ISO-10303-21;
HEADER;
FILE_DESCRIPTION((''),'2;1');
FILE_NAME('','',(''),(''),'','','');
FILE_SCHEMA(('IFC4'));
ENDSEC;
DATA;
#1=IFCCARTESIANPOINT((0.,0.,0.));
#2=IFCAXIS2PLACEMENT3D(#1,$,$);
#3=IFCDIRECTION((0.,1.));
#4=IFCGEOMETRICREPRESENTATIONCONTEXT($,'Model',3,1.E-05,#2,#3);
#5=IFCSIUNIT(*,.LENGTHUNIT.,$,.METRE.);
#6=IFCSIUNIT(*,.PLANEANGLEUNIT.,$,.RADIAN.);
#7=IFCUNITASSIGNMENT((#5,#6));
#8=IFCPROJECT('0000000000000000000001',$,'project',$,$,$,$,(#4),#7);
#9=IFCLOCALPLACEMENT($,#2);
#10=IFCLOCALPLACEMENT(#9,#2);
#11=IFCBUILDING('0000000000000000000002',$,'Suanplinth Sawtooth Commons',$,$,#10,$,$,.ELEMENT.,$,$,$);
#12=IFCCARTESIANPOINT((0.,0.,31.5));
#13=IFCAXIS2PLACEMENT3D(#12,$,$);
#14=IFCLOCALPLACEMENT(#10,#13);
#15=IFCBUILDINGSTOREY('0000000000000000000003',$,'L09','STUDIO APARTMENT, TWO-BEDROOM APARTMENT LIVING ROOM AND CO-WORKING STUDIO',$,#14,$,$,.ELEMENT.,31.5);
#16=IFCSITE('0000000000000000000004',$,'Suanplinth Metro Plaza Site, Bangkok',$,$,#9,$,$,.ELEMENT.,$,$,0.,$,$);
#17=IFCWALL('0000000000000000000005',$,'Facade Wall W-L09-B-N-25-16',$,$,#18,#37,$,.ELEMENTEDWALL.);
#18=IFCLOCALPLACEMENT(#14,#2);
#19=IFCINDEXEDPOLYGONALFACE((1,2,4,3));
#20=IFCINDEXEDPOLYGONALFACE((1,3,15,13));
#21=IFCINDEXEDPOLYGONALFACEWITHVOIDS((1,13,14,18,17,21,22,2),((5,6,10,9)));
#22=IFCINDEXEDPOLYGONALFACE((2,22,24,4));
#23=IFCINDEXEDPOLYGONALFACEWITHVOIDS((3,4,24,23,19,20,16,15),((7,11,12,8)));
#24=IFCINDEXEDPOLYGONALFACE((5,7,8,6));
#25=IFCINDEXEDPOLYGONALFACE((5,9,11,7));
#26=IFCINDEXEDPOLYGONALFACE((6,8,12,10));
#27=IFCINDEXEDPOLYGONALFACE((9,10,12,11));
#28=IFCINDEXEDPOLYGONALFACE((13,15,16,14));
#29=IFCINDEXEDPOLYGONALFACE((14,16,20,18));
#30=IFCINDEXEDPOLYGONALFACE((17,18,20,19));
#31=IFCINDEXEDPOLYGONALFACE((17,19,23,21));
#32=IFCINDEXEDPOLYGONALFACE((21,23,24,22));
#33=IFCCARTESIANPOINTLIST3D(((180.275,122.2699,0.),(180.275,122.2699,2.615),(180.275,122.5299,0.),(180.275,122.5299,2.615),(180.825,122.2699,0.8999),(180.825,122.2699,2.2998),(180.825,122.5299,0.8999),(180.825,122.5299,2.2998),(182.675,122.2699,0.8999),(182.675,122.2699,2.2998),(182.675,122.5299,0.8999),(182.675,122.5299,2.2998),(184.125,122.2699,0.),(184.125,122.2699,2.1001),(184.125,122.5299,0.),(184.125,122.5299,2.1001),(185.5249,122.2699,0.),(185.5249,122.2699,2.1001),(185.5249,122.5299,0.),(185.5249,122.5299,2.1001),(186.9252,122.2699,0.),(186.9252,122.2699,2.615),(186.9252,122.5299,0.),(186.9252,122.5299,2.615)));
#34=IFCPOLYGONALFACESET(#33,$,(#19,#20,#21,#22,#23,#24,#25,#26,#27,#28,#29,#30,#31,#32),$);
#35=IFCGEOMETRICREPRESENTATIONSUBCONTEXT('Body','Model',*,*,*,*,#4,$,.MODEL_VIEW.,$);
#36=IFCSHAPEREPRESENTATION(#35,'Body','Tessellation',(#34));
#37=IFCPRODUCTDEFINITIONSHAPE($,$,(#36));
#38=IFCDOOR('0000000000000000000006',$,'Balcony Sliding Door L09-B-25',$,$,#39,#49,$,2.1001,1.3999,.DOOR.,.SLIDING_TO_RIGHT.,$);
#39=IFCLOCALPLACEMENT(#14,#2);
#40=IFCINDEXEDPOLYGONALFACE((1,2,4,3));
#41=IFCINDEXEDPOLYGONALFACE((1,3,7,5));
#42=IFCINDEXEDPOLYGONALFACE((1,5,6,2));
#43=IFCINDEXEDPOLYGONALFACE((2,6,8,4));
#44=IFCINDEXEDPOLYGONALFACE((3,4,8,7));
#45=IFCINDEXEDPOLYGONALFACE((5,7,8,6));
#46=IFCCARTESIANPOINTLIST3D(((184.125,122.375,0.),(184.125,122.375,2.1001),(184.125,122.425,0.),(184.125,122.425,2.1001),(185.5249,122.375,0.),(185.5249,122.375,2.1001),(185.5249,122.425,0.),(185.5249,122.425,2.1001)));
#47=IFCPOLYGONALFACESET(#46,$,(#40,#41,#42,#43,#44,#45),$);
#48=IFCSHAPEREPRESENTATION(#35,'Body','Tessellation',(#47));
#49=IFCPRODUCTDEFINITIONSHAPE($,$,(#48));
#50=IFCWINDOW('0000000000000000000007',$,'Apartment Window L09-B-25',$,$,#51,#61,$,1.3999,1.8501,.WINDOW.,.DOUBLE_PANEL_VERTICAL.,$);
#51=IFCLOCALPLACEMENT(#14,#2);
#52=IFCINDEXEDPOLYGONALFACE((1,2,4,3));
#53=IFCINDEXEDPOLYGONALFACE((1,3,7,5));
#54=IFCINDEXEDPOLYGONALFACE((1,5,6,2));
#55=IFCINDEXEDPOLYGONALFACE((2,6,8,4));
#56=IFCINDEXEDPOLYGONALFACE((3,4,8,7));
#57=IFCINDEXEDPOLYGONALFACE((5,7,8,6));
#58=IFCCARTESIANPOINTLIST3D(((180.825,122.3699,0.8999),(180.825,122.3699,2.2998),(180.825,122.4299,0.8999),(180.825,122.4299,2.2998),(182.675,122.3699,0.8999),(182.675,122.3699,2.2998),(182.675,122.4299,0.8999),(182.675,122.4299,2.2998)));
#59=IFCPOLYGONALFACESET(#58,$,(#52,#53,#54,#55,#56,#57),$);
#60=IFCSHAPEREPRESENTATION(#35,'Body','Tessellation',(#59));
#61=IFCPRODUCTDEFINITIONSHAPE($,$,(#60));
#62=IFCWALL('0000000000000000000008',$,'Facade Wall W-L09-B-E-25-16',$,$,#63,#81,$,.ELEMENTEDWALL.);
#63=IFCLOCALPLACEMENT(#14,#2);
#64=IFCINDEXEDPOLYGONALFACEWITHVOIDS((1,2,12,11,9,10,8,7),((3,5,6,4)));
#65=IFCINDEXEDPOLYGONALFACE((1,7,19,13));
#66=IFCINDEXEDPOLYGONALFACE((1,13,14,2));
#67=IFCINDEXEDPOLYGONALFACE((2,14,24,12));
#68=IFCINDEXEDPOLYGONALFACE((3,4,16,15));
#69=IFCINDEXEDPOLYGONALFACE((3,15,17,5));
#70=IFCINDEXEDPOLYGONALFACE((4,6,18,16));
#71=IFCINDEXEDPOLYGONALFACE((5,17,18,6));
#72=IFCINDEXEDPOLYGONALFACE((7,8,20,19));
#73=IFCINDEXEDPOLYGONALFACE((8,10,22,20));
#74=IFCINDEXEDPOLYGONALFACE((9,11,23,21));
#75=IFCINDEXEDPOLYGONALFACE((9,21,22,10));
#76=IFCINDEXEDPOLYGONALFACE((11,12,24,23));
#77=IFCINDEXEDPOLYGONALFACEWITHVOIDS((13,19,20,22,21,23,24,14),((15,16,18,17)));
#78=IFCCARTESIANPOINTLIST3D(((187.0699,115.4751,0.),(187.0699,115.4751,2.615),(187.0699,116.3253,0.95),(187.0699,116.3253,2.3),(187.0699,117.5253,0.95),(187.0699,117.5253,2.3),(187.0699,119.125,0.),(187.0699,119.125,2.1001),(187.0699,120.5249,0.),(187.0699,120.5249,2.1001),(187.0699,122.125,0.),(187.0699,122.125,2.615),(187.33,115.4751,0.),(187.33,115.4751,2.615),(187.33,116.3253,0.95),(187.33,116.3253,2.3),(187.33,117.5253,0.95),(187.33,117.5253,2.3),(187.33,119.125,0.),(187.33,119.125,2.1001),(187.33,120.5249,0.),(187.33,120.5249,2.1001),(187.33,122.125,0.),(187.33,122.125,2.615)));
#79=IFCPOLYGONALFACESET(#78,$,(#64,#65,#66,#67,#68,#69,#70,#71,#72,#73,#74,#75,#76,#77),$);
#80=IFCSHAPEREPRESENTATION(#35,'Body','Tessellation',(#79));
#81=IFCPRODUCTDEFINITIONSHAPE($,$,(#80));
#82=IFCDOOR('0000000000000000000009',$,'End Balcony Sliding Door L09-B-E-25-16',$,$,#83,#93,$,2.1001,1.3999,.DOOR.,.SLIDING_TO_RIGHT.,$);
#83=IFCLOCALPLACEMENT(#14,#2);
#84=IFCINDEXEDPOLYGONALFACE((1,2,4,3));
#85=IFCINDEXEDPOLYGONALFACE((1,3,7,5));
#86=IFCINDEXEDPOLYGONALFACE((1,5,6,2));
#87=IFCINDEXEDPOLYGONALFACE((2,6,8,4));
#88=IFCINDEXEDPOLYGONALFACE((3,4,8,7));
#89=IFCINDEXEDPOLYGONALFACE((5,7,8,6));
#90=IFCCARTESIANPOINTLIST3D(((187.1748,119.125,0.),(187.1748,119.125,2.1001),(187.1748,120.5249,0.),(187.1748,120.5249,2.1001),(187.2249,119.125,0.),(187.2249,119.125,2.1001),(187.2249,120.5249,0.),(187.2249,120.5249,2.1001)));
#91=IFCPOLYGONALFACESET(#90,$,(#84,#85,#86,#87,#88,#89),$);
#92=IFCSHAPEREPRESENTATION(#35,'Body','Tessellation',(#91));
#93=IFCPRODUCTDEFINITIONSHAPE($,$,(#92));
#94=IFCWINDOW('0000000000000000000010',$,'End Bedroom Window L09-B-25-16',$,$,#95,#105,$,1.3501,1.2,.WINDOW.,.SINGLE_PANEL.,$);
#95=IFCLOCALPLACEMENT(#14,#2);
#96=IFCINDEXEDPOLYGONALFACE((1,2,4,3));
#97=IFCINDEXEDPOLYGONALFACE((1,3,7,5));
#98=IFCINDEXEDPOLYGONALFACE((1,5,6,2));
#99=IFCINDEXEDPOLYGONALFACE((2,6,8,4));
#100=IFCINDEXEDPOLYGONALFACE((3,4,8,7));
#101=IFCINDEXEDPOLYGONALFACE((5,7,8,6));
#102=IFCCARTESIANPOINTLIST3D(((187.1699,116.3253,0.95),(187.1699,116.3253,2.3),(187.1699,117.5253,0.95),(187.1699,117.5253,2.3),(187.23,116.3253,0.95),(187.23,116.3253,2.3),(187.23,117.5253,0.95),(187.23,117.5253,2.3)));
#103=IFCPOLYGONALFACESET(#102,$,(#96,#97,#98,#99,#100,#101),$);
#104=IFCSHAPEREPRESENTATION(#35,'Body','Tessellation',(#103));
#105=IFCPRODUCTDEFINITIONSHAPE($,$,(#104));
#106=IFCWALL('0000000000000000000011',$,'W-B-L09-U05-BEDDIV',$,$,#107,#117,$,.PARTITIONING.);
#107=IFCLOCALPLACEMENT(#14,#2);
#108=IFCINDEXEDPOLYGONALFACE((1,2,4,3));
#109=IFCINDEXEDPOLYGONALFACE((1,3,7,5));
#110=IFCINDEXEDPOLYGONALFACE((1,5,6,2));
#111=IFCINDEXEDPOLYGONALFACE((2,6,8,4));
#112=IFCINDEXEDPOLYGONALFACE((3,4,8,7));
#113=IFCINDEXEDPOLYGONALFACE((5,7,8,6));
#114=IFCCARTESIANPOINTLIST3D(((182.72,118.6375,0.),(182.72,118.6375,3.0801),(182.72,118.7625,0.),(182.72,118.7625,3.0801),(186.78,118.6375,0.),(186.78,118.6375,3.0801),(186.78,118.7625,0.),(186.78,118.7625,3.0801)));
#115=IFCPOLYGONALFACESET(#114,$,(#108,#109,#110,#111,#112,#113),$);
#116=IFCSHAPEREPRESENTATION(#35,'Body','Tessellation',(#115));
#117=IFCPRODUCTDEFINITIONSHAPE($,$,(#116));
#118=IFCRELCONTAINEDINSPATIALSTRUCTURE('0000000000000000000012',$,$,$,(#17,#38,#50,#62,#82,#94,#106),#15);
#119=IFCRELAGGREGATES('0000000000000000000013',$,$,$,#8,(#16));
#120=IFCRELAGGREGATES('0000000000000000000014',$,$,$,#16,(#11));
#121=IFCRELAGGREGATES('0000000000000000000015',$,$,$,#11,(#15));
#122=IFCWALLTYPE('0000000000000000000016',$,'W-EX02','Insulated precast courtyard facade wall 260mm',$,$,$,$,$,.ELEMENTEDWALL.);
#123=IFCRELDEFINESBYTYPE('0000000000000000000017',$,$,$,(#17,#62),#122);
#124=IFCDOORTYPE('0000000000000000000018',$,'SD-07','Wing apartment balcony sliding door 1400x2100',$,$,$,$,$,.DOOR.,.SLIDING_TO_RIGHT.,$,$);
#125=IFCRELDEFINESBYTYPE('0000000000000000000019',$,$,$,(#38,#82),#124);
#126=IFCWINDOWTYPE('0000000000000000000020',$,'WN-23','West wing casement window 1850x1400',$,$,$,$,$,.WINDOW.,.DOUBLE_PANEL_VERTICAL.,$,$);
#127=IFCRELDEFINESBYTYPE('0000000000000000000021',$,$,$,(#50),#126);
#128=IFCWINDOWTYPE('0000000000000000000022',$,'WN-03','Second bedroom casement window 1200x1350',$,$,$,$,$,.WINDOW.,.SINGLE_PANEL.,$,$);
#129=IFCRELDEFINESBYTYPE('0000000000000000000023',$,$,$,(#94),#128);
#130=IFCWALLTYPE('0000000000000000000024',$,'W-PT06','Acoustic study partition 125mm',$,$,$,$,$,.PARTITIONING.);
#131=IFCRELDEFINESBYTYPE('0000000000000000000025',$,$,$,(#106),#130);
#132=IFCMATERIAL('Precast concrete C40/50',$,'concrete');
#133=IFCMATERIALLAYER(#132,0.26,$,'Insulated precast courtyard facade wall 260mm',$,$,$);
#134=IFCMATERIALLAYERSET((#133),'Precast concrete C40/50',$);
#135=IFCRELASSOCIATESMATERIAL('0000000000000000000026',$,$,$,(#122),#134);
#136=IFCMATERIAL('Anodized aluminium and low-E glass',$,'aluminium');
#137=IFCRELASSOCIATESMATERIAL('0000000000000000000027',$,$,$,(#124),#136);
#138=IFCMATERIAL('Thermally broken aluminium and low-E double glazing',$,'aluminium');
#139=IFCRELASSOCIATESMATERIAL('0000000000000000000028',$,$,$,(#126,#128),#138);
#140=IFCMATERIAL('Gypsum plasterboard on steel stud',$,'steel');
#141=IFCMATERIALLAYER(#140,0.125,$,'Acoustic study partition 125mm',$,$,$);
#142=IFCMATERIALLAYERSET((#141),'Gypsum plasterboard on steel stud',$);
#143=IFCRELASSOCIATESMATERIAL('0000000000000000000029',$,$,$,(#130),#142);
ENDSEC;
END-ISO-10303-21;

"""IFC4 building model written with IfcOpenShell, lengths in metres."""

from ifc_helpers import new_model, si_unit, direction, frame, frame_2d, origin, place, context, subcontext, project, spatial, rectangle, extrude, material, layer, layer_set, type_object, element, fill, save


model = new_model("IFC4")

# Units and contexts
model_context = context("Model", 3, precision=1e-05, world=origin(), true_north=direction((0.0, 1.0)))
body_context = subcontext(model_context, "Body", "Model", "MODEL_VIEW")
ifc_project = project(units=[si_unit("LENGTHUNIT", "METRE"), si_unit("PLANEANGLEUNIT", "RADIAN")], contexts=[model_context])

# Site, building, storey
site_placement = place(None, origin())
site = spatial("IfcSite", under=ifc_project, at=site_placement, Name="Suanplinth Metro Plaza Site, Bangkok", CompositionType="ELEMENT", RefElevation=0.0)
building_placement = place(site_placement, origin())
building = spatial("IfcBuilding", under=site, at=building_placement, Name="Suanplinth Sawtooth Commons", CompositionType="ELEMENT")
storey_placement = place(building_placement, frame((0.0, 0.0, 31.5)))
storey = spatial("IfcBuildingStorey", under=building, at=storey_placement, Name="L09", Description="STUDIO APARTMENT, TWO-BEDROOM APARTMENT LIVING ROOM AND CO-WORKING STUDIO", CompositionType="ELEMENT", Elevation=31.5)

# Shared definitions
ifc_material_1 = material(Name="Precast concrete C40/50", Category="concrete")

# Walls, openings, doors, windows
ifc_layer_1 = layer(ifc_material_1, 0.26, Name="Insulated precast courtyard facade wall 260mm")
ifc_layer_set_1 = layer_set([ifc_layer_1], Name="Precast concrete C40/50")
wall_type_1 = type_object("IfcWallType", Name="W-EX02", Description="Insulated precast courtyard facade wall 260mm", PredefinedType="ELEMENTEDWALL", material=ifc_layer_set_1)
wall_1_placement = place(storey_placement, frame((180.2749, 122.3999, 0.0), z_axis=(0.0, 0.0, 1.0), x_axis=(1.0, 0.0, 0.0)))
wall_1 = element("IfcWall", 1, at=wall_1_placement, inside=storey, type_object=wall_type_1, Name="Facade Wall W-L09-B-N-25-16", PredefinedType="ELEMENTEDWALL", context=body_context, shape_type="SweptSolid", body=[
    extrude(rectangle(XDim=6.6501, YDim=0.26, at=frame_2d((3.3252, 0.0))), origin(), (0.0, 0.0, 1.0), 2.615),
])
opening_1_placement = place(wall_1_placement, frame((3.8501, 0.0, 0.0)))
opening_1 = element("IfcOpeningElement", 2, at=opening_1_placement, cuts=wall_1, PredefinedType="OPENING", context=body_context, shape_type="SweptSolid", body=[
    extrude(rectangle(XDim=1.3999, YDim=2.1001, at=frame_2d((0.7, 1.05))), frame((0.0, 0.145, 0.0), z_axis=(0.0, -1.0, 0.0), x_axis=(1.0, 0.0, 0.0)), (0.0, 0.0, 1.0), 0.2898),
])
opening_2_placement = place(wall_1_placement, frame((0.55, 0.0, 0.8999)))
opening_2 = element("IfcOpeningElement", 3, at=opening_2_placement, cuts=wall_1, PredefinedType="OPENING", context=body_context, shape_type="SweptSolid", body=[
    extrude(rectangle(XDim=1.8501, YDim=1.3999, at=frame_2d((0.925, 0.7))), frame((0.0, 0.145, 0.0), z_axis=(0.0, -1.0, 0.0), x_axis=(1.0, 0.0, 0.0)), (0.0, 0.0, 1.0), 0.2898),
])
ifc_material_2 = material(Name="Anodized aluminium and low-E glass", Category="aluminium")
door_type_1 = type_object("IfcDoorType", Name="SD-07", Description="Wing apartment balcony sliding door 1400x2100", OperationType="SLIDING_TO_RIGHT", PredefinedType="DOOR", material=ifc_material_2)
door_1_placement = place(opening_1_placement, frame((1.3999, 0.0, 0.0), z_axis=(0.0, 0.0, 1.0), x_axis=(-1.0, 0.0, 0.0)))
door_1 = element("IfcDoor", 4, at=door_1_placement, inside=storey, type_object=door_type_1, Name="Balcony Sliding Door L09-B-25", OperationType="SLIDING_TO_RIGHT", OverallHeight=2.1001, OverallWidth=1.3999, PredefinedType="DOOR", context=body_context, shape_type="SweptSolid", body=[
    extrude(rectangle(XDim=1.3999, YDim=2.1001, at=frame_2d((0.7, 1.05))), frame((0.0, 0.0249, 0.0), z_axis=(0.0, -1.0, 0.0), x_axis=(1.0, 0.0, 0.0)), (0.0, 0.0, 1.0), 0.05),
])
fill(opening_1, door_1)
ifc_material_3 = material(Name="Thermally broken aluminium and low-E double glazing", Category="aluminium")
window_type_1 = type_object("IfcWindowType", Name="WN-23", Description="West wing casement window 1850x1400", PartitioningType="DOUBLE_PANEL_VERTICAL", PredefinedType="WINDOW", material=ifc_material_3)
window_1_placement = place(opening_2_placement, origin())
window_1 = element("IfcWindow", 5, at=window_1_placement, inside=storey, type_object=window_type_1, Name="Apartment Window L09-B-25", OverallHeight=1.3999, OverallWidth=1.8501, PartitioningType="DOUBLE_PANEL_VERTICAL", PredefinedType="WINDOW", context=body_context, shape_type="SweptSolid", body=[
    extrude(rectangle(XDim=1.8501, YDim=1.3999, at=frame_2d((0.925, 0.7))), frame((0.0, 0.03, 0.0), z_axis=(0.0, -1.0, 0.0), x_axis=(1.0, 0.0, 0.0)), (0.0, 0.0, 1.0), 0.0601),
])
fill(opening_2, window_1)
wall_2_placement = place(storey_placement, frame((187.2, 115.4751, 0.0), z_axis=(0.0, 0.0, 1.0), x_axis=(0.0, 1.0, 0.0)))
wall_2 = element("IfcWall", 6, at=wall_2_placement, inside=storey, type_object=wall_type_1, Name="Facade Wall W-L09-B-E-25-16", PredefinedType="ELEMENTEDWALL", context=body_context, shape_type="SweptSolid", body=[
    extrude(rectangle(XDim=6.6499, YDim=0.26, at=frame_2d((3.325, 0.0))), origin(), (0.0, 0.0, 1.0), 2.615),
])
opening_3_placement = place(wall_2_placement, frame((3.6499, 0.0, 0.0)))
opening_3 = element("IfcOpeningElement", 7, at=opening_3_placement, cuts=wall_2, PredefinedType="OPENING", context=body_context, shape_type="SweptSolid", body=[
    extrude(rectangle(XDim=1.3999, YDim=2.1001, at=frame_2d((0.7, 1.05))), frame((0.0, 0.145, 0.0), z_axis=(0.0, -1.0, 0.0), x_axis=(1.0, 0.0, 0.0)), (0.0, 0.0, 1.0), 0.2898),
])
opening_4_placement = place(wall_2_placement, frame((0.8501, 0.0, 0.95)))
opening_4 = element("IfcOpeningElement", 8, at=opening_4_placement, cuts=wall_2, PredefinedType="OPENING", context=body_context, shape_type="SweptSolid", body=[
    extrude(rectangle(XDim=1.2, YDim=1.3501, at=frame_2d((0.6001, 0.675))), frame((0.0, 0.145, 0.0), z_axis=(0.0, -1.0, 0.0), x_axis=(1.0, 0.0, 0.0)), (0.0, 0.0, 1.0), 0.2898),
])
door_2_placement = place(opening_3_placement, frame((1.3999, 0.0, 0.0), z_axis=(0.0, 0.0, 1.0), x_axis=(-1.0, 0.0, 0.0)))
door_2 = element("IfcDoor", 9, at=door_2_placement, inside=storey, type_object=door_type_1, Name="End Balcony Sliding Door L09-B-E-25-16", OperationType="SLIDING_TO_RIGHT", OverallHeight=2.1001, OverallWidth=1.3999, PredefinedType="DOOR", context=body_context, shape_type="SweptSolid", body=[
    extrude(rectangle(XDim=1.3999, YDim=2.1001, at=frame_2d((0.7, 1.05))), frame((0.0, 0.0249, 0.0), z_axis=(0.0, -1.0, 0.0), x_axis=(1.0, 0.0, 0.0)), (0.0, 0.0, 1.0), 0.05),
])
fill(opening_3, door_2)
window_type_2 = type_object("IfcWindowType", Name="WN-03", Description="Second bedroom casement window 1200x1350", PartitioningType="SINGLE_PANEL", PredefinedType="WINDOW", material=ifc_material_3)
window_2_placement = place(opening_4_placement, origin())
window_2 = element("IfcWindow", 10, at=window_2_placement, inside=storey, type_object=window_type_2, Name="End Bedroom Window L09-B-25-16", OverallHeight=1.3501, OverallWidth=1.2, PartitioningType="SINGLE_PANEL", PredefinedType="WINDOW", context=body_context, shape_type="SweptSolid", body=[
    extrude(rectangle(XDim=1.2, YDim=1.3501, at=frame_2d((0.6001, 0.675))), frame((0.0, 0.03, 0.0), z_axis=(0.0, -1.0, 0.0), x_axis=(1.0, 0.0, 0.0)), (0.0, 0.0, 1.0), 0.0601),
])
fill(opening_4, window_2)

# Shared definitions
ifc_material_4 = material(Name="Gypsum plasterboard on steel stud", Category="steel")

# Wall
ifc_layer_2 = layer(ifc_material_4, 0.125, Name="Acoustic study partition 125mm")
ifc_layer_set_2 = layer_set([ifc_layer_2], Name="Gypsum plasterboard on steel stud")
wall_type_2 = type_object("IfcWallType", Name="W-PT06", Description="Acoustic study partition 125mm", PredefinedType="PARTITIONING", material=ifc_layer_set_2)
wall_3_placement = place(storey_placement, frame((182.72, 118.7, 0.0), z_axis=(0.0, 0.0, 1.0), x_axis=(1.0, 0.0, 0.0)))
element("IfcWall", 11, at=wall_3_placement, inside=storey, type_object=wall_type_2, Name="W-B-L09-U05-BEDDIV", PredefinedType="PARTITIONING", context=body_context, shape_type="SweptSolid", body=[
    extrude(rectangle(XDim=4.0601, YDim=0.125, at=frame_2d((2.03, 0.0))), origin(), (0.0, 0.0, 1.0), 3.0801),
])

save(model, "model.ifc")
